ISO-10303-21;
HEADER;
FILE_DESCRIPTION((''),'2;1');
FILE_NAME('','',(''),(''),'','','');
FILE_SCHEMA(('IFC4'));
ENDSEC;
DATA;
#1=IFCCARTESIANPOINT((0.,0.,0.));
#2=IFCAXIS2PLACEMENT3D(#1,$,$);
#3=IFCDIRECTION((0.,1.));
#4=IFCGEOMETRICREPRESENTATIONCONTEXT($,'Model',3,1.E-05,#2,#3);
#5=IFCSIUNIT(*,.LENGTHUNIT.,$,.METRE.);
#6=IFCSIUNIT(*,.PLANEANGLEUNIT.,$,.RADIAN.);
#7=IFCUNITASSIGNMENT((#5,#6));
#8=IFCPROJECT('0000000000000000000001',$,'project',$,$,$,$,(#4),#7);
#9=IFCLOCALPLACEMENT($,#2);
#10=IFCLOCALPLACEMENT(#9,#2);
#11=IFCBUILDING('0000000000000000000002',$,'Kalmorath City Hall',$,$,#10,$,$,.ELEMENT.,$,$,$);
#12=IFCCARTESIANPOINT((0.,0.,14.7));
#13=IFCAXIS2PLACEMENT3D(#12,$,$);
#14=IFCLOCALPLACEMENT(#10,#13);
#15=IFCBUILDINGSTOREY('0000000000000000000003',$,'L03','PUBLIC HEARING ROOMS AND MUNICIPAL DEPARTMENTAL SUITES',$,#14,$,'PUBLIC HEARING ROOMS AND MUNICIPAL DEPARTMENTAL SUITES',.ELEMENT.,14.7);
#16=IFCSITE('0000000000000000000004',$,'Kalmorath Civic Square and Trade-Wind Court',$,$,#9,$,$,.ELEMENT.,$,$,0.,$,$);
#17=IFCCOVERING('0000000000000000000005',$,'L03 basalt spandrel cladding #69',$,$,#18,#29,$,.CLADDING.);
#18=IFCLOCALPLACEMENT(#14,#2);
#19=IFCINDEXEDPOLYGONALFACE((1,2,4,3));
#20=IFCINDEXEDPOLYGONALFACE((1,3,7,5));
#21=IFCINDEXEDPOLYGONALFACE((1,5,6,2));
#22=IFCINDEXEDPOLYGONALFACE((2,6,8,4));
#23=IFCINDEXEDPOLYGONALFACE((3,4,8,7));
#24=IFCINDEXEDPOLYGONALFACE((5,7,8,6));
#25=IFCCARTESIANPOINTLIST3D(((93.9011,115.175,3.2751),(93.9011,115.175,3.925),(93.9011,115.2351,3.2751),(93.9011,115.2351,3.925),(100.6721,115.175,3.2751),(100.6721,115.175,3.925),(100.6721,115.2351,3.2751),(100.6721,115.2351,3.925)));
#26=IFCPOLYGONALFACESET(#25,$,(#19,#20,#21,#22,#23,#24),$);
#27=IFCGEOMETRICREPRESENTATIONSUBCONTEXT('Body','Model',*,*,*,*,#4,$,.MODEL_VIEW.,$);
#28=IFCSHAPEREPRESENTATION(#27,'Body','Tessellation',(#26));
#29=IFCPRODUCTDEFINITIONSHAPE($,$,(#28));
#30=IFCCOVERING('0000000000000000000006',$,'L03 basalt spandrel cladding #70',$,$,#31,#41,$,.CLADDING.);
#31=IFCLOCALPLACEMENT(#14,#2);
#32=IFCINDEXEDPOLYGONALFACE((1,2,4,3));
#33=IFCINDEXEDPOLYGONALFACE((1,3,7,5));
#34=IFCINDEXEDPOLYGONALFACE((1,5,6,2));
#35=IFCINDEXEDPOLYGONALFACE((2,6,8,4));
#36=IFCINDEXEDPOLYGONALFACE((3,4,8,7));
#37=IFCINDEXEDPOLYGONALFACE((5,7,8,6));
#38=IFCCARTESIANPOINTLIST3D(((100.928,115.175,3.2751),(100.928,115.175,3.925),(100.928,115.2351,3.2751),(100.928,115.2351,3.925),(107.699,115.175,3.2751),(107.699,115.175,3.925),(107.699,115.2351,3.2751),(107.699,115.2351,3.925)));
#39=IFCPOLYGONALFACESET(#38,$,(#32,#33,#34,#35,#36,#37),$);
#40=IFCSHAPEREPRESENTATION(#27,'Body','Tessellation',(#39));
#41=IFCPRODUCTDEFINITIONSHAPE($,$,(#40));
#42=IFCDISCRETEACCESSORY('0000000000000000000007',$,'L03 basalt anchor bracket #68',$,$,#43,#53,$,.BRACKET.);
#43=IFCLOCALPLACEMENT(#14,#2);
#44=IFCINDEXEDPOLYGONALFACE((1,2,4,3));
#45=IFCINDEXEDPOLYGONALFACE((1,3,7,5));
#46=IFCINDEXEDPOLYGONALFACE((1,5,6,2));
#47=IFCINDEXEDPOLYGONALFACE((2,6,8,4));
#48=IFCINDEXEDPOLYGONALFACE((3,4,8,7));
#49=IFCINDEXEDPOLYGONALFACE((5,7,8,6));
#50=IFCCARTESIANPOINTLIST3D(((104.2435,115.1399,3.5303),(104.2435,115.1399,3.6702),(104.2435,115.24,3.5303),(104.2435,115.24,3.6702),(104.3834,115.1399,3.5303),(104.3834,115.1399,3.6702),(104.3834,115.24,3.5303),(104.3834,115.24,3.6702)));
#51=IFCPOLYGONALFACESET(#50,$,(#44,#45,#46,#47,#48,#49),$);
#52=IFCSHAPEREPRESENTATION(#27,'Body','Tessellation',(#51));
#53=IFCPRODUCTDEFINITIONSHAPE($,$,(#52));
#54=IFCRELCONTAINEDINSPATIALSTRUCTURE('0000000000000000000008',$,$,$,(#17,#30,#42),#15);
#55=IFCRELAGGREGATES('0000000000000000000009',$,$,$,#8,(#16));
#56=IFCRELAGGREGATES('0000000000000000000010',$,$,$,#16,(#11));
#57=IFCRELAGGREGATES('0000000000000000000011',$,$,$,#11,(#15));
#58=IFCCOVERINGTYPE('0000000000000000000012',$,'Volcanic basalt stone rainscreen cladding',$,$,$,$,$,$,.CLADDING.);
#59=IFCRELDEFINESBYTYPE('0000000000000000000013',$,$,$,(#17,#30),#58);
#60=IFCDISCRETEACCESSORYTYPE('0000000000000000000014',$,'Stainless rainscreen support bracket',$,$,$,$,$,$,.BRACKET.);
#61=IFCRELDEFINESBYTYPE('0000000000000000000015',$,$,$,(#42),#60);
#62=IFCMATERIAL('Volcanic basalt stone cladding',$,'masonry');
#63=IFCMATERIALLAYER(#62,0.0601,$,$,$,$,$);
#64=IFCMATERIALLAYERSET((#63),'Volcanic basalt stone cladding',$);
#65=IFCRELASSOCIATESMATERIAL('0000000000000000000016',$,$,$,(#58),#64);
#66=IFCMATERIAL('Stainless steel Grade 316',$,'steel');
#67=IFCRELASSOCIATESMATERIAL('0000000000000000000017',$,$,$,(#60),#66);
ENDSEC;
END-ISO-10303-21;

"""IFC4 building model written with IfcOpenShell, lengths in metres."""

from ifc_helpers import new_model, si_unit, direction, frame, origin, origin_2d, place, context, subcontext, project, spatial, rectangle, extrude, material, layer, layer_set, type_object, element, save


model = new_model("IFC4")

# Units and contexts
model_context = context("Model", 3, precision=1e-05, world=origin(), true_north=direction((0.0, 1.0)))
body_context = subcontext(model_context, "Body", "Model", "MODEL_VIEW")
ifc_project = project(units=[si_unit("LENGTHUNIT", "METRE"), si_unit("PLANEANGLEUNIT", "RADIAN")], contexts=[model_context])

# Site, building, storey
site_placement = place(None, origin())
site = spatial("IfcSite", under=ifc_project, at=site_placement, Name="Kalmorath Civic Square and Trade-Wind Court", CompositionType="ELEMENT", RefElevation=0.0)
building_placement = place(site_placement, origin())
building = spatial("IfcBuilding", under=site, at=building_placement, Name="Kalmorath City Hall", CompositionType="ELEMENT")
storey_placement = place(building_placement, frame((0.0, 0.0, 14.7)))
storey = spatial("IfcBuildingStorey", under=building, at=storey_placement, Name="L03", Description="PUBLIC HEARING ROOMS AND MUNICIPAL DEPARTMENTAL SUITES", LongName="PUBLIC HEARING ROOMS AND MUNICIPAL DEPARTMENTAL SUITES", CompositionType="ELEMENT", Elevation=14.7)

# Coverings
ifc_material_1 = material(Name="Volcanic basalt stone cladding", Category="masonry")
ifc_layer_1 = layer(ifc_material_1, 0.0601)
ifc_layer_set_1 = layer_set([ifc_layer_1], Name="Volcanic basalt stone cladding")
covering_type = type_object("IfcCoveringType", Name="Volcanic basalt stone rainscreen cladding", PredefinedType="CLADDING", material=ifc_layer_set_1)
for number, where, z_axis, x_axis, name in (
    (1, (97.2866, 115.2051, 3.2751), (0.0, 0.0, 1.0), (1.0, 0.0, 0.0), "L03 basalt spandrel cladding #69"),
    (2, (104.3135, 115.2051, 3.2751), (0.0, 0.0, 1.0), (1.0, 0.0, 0.0), "L03 basalt spandrel cladding #70"),
):
    element("IfcCovering", number, at=place(storey_placement, frame(where, z_axis=z_axis, x_axis=x_axis)), inside=storey, type_object=covering_type, Name=name, PredefinedType="CLADDING", context=body_context, shape_type="SweptSolid", body=[
        extrude(rectangle(XDim=6.771, YDim=0.0601, at=origin_2d()), origin(), (0.0, 0.0, 1.0), 0.6499),
    ])

# Discrete accessory
ifc_material_2 = material(Name="Stainless steel Grade 316", Category="steel")
discrete_accessory_type = type_object("IfcDiscreteAccessoryType", Name="Stainless rainscreen support bracket", PredefinedType="BRACKET", material=ifc_material_2)
discrete_accessory_placement = place(storey_placement, frame((104.3135, 115.1899, 3.5303), z_axis=(0.0, 0.0, 1.0), x_axis=(1.0, 0.0, 0.0)))
element("IfcDiscreteAccessory", 3, at=discrete_accessory_placement, inside=storey, type_object=discrete_accessory_type, Name="L03 basalt anchor bracket #68", PredefinedType="BRACKET", context=body_context, shape_type="SweptSolid", body=[
    extrude(rectangle(XDim=0.1399, YDim=0.1001, at=origin_2d()), origin(), (0.0, 0.0, 1.0), 0.1399),
])

save(model, "model.ifc")
